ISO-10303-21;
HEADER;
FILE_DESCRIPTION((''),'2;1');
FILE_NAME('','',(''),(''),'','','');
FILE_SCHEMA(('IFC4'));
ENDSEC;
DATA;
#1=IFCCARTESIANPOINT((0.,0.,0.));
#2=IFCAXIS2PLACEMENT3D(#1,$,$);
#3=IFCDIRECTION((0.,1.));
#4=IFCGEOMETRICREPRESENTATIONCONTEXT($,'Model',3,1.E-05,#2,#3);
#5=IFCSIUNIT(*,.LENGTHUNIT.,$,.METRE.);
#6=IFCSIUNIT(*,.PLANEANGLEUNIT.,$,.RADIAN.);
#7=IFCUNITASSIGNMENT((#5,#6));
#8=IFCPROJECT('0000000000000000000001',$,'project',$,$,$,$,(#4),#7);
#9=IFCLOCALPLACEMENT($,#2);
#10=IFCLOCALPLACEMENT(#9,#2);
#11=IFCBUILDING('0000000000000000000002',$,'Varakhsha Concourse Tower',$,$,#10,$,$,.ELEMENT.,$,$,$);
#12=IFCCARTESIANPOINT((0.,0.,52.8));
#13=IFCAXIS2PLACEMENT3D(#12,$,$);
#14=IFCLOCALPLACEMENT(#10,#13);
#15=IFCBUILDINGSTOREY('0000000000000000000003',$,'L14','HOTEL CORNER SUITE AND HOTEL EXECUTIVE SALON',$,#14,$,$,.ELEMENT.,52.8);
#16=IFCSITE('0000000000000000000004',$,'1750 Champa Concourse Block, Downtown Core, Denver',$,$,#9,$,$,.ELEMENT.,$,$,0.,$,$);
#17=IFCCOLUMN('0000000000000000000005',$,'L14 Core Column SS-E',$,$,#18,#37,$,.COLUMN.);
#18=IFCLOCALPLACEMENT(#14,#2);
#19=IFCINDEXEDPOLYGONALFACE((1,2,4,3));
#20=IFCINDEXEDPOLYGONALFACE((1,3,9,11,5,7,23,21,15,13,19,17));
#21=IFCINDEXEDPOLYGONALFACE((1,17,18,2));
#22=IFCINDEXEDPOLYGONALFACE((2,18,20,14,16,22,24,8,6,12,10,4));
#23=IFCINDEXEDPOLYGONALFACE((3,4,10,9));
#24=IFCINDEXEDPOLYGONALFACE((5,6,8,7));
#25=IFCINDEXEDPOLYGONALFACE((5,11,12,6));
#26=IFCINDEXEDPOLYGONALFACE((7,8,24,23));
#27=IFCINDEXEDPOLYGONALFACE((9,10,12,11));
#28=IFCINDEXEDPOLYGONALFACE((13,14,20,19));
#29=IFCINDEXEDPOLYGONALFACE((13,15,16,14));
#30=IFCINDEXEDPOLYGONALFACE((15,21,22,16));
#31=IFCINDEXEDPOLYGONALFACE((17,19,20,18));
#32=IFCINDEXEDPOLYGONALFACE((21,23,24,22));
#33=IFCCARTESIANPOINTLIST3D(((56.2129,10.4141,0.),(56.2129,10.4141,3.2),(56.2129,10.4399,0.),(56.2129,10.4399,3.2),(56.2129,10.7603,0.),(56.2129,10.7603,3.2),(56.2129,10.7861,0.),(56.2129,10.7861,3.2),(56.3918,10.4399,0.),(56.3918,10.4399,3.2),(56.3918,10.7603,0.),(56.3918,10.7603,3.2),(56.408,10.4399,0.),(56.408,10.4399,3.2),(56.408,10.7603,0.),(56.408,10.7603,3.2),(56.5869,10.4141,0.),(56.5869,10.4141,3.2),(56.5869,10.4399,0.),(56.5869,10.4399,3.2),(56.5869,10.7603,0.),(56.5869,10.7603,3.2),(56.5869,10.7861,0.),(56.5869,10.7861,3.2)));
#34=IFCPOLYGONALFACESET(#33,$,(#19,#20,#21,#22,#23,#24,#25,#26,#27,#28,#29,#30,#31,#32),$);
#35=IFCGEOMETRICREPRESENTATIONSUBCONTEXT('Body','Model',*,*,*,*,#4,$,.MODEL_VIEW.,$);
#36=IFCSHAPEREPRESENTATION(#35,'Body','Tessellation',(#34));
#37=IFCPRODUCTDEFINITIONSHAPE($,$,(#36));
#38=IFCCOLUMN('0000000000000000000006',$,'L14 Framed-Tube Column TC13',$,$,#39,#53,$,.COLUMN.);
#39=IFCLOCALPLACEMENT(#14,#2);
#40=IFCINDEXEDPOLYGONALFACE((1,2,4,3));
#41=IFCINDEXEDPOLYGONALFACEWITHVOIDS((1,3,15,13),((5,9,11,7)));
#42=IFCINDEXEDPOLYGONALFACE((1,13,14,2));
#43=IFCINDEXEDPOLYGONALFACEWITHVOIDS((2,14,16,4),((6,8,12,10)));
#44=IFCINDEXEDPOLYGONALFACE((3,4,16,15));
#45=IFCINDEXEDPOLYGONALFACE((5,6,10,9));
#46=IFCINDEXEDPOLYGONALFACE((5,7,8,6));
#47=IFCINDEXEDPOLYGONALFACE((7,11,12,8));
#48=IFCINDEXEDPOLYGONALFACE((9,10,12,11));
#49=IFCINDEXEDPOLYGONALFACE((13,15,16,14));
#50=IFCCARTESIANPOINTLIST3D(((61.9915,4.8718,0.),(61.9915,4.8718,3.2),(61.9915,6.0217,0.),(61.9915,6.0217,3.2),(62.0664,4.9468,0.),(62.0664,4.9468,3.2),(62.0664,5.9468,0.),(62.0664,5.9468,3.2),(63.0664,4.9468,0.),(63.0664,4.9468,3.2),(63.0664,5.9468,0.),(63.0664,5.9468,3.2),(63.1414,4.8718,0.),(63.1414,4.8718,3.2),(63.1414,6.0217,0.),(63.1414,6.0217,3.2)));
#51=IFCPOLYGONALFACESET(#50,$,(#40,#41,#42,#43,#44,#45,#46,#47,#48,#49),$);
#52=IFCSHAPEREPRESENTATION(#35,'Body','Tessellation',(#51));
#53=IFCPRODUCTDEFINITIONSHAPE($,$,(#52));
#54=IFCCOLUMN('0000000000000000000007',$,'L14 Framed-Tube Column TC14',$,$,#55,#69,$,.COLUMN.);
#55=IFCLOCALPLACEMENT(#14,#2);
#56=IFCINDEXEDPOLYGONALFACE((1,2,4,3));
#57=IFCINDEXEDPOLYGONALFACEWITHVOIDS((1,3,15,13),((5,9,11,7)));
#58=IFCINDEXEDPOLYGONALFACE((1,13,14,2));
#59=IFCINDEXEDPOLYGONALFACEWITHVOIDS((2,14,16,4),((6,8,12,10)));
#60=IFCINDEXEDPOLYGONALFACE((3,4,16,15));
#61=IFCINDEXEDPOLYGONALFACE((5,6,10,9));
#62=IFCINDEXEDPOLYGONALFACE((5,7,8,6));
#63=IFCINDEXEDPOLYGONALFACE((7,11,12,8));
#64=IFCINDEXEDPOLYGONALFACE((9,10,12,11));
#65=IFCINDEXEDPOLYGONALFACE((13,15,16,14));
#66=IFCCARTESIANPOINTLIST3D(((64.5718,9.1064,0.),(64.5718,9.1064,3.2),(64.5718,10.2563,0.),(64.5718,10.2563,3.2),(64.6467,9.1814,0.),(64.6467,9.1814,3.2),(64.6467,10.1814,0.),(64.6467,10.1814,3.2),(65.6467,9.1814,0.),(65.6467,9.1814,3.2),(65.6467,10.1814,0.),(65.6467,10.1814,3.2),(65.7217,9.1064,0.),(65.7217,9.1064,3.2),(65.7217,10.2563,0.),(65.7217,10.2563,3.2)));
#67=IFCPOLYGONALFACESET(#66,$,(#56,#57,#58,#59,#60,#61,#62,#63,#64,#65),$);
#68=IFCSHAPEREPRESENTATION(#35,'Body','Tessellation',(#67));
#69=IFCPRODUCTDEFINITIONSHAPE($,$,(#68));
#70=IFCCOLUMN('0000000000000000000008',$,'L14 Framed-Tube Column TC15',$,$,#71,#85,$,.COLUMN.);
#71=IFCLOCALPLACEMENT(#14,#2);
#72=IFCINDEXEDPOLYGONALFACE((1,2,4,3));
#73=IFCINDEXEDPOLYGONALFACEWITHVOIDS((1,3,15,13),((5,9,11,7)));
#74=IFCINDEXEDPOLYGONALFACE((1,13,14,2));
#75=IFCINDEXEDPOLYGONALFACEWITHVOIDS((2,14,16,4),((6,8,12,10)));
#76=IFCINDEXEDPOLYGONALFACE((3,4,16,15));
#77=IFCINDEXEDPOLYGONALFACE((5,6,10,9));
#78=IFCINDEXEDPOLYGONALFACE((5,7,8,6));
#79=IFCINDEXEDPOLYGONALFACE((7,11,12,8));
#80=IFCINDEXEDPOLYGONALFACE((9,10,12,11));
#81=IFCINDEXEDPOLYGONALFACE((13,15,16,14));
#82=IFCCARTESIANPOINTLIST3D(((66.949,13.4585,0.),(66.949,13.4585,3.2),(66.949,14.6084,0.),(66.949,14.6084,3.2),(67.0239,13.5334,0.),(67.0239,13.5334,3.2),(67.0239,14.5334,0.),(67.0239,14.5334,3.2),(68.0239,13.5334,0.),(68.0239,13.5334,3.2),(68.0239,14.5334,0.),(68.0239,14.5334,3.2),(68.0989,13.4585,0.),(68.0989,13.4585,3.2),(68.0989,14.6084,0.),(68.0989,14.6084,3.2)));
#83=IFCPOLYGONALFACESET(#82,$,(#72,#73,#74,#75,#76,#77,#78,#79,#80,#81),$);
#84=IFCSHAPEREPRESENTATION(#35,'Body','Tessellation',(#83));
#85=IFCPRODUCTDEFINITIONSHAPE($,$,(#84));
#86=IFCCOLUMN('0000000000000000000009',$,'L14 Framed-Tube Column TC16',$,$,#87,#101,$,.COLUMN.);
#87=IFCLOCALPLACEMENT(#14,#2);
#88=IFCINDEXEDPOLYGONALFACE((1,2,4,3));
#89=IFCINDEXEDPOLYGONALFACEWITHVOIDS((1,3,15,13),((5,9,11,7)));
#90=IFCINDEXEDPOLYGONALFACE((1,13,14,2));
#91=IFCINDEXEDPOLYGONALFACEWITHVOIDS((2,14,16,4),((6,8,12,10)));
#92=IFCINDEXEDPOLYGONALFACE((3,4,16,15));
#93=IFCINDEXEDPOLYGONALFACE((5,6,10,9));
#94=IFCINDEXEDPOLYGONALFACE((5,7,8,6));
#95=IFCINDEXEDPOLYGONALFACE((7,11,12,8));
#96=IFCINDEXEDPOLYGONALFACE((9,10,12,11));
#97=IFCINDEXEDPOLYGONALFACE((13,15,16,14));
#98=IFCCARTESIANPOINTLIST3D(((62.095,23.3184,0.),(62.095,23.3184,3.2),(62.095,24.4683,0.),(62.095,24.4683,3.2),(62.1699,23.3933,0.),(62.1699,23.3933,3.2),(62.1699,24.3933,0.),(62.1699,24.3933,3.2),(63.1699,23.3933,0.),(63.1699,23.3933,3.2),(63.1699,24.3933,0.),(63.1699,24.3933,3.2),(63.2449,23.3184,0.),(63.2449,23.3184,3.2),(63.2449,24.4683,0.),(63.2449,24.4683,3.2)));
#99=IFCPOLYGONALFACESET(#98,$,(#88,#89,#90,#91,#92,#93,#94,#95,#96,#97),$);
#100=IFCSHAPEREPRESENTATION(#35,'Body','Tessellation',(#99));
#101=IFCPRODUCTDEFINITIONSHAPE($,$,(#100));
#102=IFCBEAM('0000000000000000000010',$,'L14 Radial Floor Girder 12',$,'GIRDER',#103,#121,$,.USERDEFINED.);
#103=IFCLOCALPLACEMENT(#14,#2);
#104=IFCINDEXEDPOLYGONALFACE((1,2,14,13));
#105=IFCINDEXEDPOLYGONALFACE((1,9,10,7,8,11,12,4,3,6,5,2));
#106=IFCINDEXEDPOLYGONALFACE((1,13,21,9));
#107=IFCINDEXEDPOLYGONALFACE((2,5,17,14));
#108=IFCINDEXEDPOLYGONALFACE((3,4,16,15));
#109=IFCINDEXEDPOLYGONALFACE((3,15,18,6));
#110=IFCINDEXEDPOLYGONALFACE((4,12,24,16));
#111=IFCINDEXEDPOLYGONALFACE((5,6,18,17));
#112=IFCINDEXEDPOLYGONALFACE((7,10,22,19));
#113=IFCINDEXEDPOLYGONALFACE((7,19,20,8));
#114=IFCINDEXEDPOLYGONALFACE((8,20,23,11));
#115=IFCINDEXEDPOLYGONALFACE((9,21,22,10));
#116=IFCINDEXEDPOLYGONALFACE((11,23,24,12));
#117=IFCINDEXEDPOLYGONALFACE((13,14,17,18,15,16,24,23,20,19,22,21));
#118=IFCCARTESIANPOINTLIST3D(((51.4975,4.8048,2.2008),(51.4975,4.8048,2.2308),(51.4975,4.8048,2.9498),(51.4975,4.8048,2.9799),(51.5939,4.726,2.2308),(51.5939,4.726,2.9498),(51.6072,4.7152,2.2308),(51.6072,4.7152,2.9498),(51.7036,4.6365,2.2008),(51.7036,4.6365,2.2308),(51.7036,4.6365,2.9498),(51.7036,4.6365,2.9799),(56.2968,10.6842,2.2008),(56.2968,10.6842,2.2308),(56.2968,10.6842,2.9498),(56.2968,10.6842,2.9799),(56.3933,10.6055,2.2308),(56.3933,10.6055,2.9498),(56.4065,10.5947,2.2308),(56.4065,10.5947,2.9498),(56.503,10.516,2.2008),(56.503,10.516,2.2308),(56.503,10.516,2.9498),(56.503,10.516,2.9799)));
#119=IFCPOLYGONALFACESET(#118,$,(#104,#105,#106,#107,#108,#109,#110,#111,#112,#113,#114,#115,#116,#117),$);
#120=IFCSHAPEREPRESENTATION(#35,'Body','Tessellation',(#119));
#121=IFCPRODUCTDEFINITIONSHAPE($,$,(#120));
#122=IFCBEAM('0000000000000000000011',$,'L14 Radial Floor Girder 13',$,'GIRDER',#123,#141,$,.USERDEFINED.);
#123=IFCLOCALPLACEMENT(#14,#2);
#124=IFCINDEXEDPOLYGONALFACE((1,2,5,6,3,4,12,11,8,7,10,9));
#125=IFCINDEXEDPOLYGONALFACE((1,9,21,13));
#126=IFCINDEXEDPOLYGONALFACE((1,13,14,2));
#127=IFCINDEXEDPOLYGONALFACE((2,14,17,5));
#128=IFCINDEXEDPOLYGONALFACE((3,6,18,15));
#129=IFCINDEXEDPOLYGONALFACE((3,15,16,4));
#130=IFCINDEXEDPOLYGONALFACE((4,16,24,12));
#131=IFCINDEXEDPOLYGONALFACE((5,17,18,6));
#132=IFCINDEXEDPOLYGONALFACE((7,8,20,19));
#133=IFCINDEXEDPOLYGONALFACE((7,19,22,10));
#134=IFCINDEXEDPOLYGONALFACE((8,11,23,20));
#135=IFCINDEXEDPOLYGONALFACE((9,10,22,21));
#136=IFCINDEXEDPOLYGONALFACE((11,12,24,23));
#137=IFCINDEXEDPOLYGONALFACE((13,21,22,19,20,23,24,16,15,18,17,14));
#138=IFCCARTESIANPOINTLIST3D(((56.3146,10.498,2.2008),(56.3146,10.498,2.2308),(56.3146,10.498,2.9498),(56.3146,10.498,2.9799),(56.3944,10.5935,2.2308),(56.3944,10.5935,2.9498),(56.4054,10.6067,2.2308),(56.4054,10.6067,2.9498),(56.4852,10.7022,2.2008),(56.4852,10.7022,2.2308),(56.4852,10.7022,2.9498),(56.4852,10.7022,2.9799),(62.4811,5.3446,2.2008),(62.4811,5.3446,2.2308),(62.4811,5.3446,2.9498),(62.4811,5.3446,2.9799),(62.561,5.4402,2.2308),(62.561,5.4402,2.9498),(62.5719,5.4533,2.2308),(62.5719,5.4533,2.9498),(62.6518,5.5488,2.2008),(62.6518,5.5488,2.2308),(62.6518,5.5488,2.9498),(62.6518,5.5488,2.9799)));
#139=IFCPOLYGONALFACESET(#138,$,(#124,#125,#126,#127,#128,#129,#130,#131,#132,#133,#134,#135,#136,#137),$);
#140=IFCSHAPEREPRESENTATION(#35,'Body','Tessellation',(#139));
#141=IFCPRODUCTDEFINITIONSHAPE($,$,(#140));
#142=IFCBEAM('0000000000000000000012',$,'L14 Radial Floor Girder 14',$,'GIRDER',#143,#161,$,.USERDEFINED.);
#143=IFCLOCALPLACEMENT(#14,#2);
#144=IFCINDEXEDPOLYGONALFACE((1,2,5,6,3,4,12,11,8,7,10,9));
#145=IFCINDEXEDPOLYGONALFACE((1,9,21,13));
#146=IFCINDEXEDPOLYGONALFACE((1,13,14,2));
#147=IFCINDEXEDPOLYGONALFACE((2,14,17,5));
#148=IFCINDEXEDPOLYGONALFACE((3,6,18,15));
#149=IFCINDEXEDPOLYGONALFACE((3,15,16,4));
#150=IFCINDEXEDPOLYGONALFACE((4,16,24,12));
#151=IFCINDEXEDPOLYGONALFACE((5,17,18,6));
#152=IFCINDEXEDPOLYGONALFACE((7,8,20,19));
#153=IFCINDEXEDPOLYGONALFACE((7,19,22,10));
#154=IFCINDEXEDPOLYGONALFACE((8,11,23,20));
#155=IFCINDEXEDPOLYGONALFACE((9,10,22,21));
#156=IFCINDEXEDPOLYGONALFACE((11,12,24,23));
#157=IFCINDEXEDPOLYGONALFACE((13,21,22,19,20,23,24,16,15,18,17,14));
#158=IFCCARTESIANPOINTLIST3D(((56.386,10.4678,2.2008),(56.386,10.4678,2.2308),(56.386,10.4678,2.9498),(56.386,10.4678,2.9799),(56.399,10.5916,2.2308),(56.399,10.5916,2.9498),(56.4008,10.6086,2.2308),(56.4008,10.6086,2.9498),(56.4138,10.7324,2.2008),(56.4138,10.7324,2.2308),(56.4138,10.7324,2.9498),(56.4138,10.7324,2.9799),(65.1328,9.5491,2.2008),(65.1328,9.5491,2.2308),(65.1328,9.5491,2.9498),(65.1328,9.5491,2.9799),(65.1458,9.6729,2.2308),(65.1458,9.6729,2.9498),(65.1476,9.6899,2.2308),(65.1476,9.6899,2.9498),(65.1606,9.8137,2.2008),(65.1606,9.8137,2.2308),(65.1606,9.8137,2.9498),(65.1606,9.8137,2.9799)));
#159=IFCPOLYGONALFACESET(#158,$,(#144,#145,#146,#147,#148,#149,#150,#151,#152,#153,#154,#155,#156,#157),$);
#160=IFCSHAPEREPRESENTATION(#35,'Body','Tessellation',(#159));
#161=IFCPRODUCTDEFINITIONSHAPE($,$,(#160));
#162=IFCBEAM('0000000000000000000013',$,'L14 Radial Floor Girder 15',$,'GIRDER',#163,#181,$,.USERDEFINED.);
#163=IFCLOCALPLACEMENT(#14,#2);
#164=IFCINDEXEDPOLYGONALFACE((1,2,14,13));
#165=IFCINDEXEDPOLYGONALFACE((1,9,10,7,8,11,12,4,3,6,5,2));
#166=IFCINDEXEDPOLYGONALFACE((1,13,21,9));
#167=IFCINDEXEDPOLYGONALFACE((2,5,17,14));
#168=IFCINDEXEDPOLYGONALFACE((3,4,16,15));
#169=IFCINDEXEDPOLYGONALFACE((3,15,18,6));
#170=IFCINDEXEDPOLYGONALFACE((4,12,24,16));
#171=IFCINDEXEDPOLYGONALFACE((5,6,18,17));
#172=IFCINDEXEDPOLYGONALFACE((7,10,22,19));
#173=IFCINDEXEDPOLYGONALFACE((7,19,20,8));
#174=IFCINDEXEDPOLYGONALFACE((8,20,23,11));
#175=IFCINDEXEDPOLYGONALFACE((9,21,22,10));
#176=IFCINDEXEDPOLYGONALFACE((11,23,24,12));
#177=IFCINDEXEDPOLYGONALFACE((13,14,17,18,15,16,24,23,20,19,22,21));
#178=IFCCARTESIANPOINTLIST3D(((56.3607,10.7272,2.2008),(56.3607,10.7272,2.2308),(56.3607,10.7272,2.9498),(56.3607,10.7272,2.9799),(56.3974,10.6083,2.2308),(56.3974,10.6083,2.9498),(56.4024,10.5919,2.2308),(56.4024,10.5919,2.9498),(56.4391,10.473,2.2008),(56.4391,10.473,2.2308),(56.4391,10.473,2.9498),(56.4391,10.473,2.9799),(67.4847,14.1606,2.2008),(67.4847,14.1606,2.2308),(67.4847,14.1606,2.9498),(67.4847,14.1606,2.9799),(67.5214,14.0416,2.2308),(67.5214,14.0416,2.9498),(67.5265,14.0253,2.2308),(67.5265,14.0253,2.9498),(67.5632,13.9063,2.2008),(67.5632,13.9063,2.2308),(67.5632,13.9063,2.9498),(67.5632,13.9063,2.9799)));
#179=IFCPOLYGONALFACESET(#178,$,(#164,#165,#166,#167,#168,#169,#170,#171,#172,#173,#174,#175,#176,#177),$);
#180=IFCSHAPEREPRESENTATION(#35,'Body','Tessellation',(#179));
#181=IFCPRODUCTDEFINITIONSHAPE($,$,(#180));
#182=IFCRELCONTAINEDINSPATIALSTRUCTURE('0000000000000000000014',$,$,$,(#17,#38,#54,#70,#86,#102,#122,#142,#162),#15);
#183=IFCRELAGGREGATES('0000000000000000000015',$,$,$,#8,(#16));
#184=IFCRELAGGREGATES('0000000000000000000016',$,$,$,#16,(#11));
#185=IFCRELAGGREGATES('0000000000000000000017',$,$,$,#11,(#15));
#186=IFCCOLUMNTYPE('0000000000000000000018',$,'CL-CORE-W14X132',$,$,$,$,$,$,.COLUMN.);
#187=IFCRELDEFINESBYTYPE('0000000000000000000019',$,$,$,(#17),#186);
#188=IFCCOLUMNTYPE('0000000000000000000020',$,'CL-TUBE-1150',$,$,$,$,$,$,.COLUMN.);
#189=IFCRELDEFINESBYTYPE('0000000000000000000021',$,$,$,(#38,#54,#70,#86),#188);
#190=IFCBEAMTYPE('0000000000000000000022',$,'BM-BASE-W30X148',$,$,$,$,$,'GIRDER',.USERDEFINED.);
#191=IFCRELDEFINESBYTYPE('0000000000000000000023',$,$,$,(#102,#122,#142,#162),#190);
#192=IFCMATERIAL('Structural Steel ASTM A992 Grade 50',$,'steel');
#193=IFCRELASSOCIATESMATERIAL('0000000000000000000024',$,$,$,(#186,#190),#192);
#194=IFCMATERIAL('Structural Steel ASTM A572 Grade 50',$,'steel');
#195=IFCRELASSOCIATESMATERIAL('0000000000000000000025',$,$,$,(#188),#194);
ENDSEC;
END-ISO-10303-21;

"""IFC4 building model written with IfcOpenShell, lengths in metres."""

from ifc_helpers import new_model, si_unit, direction, frame, origin, origin_2d, place, context, subcontext, project, spatial, hollow_rectangle, i_section, extrude, material, material_profile, profile_set, type_object, element, save


model = new_model("IFC4")

# Units and contexts
model_context = context("Model", 3, precision=1e-05, world=origin(), true_north=direction((0.0, 1.0)))
body_context = subcontext(model_context, "Body", "Model", "MODEL_VIEW")
ifc_project = project(units=[si_unit("LENGTHUNIT", "METRE"), si_unit("PLANEANGLEUNIT", "RADIAN")], contexts=[model_context])

# Site, building, storey
site_placement = place(None, origin())
site = spatial("IfcSite", under=ifc_project, at=site_placement, Name="1750 Champa Concourse Block, Downtown Core, Denver", CompositionType="ELEMENT", RefElevation=0.0)
building_placement = place(site_placement, origin())
building = spatial("IfcBuilding", under=site, at=building_placement, Name="Varakhsha Concourse Tower", CompositionType="ELEMENT")
storey_placement = place(building_placement, frame((0.0, 0.0, 52.8)))
storey = spatial("IfcBuildingStorey", under=building, at=storey_placement, Name="L14", Description="HOTEL CORNER SUITE AND HOTEL EXECUTIVE SALON", CompositionType="ELEMENT", Elevation=52.8)

# Columns
ifc_material_1 = material(Name="Structural Steel ASTM A992 Grade 50", Category="steel")
ifc_material_profile_1 = material_profile(ifc_material_1, i_section(OverallWidth=0.374, OverallDepth=0.3721, WebThickness=0.0161, FlangeThickness=0.0259, at=origin_2d()), Name="W14X132")
ifc_profile_set_1 = profile_set([ifc_material_profile_1], Name="Structural Steel ASTM A992 Grade 50")
column_type_1 = type_object("IfcColumnType", Name="CL-CORE-W14X132", PredefinedType="COLUMN", material=ifc_profile_set_1)
column_placement = place(storey_placement, frame((56.3999, 10.6001, 0.0), z_axis=(0.0, 0.0, 1.0), x_axis=(1.0, 0.0, 0.0)))
element("IfcColumn", 1, at=column_placement, inside=storey, type_object=column_type_1, Name="L14 Core Column SS-E", PredefinedType="COLUMN", context=body_context, shape_type="SweptSolid", body=[
    extrude(i_section(OverallWidth=0.374, OverallDepth=0.3721, WebThickness=0.0161, FlangeThickness=0.0259, at=origin_2d()), origin(), (0.0, 0.0, 1.0), 3.2),
])
ifc_material_2 = material(Name="Structural Steel ASTM A572 Grade 50", Category="steel")
ifc_material_profile_2 = material_profile(ifc_material_2, hollow_rectangle(XDim=1.1499, YDim=1.1499, WallThickness=0.075, at=origin_2d()), Name="BOX 1150x1150x75")
ifc_profile_set_2 = profile_set([ifc_material_profile_2], Name="Structural Steel ASTM A572 Grade 50")
column_type_2 = type_object("IfcColumnType", Name="CL-TUBE-1150", PredefinedType="COLUMN", material=ifc_profile_set_2)
for number, where, z_axis, x_axis, name in (
    (2, (62.5664, 5.4468, 0.0), (0.0, 0.0, 1.0), (1.0, 0.0, 0.0), "L14 Framed-Tube Column TC13"),
    (3, (65.1467, 9.6814, 0.0), (0.0, 0.0, 1.0), (1.0, 0.0, 0.0), "L14 Framed-Tube Column TC14"),
    (4, (67.5239, 14.0334, 0.0), (0.0, 0.0, 1.0), (1.0, 0.0, 0.0), "L14 Framed-Tube Column TC15"),
    (5, (62.6699, 23.8933, 0.0), (0.0, 0.0, 1.0), (1.0, 0.0, 0.0), "L14 Framed-Tube Column TC16"),
):
    element("IfcColumn", number, at=place(storey_placement, frame(where, z_axis=z_axis, x_axis=x_axis)), inside=storey, type_object=column_type_2, Name=name, PredefinedType="COLUMN", context=body_context, shape_type="SweptSolid", body=[
        extrude(hollow_rectangle(XDim=1.1499, YDim=1.1499, WallThickness=0.075, at=origin_2d()), origin(), (0.0, 0.0, 1.0), 3.2),
    ])

# Beams
ifc_material_profile_3 = material_profile(ifc_material_1, i_section(OverallWidth=0.2661, OverallDepth=0.7791, WebThickness=0.0171, FlangeThickness=0.03, at=origin_2d()), Name="W30X148")
ifc_profile_set_3 = profile_set([ifc_material_profile_3], Name="Structural Steel ASTM A992 Grade 50")
beam_type_1 = type_object("IfcBeamType", Name="BM-BASE-W30X148", ElementType="GIRDER", PredefinedType="USERDEFINED", material=ifc_profile_set_3)
beam_1_placement = place(storey_placement, frame((56.3999, 10.6001, 2.5903), z_axis=(-0.632362, -0.774673, 0.0), x_axis=(0.774673, -0.632362, 0.0)))
element("IfcBeam", 6, at=beam_1_placement, inside=storey, type_object=beam_type_1, Name="L14 Radial Floor Girder 12", ObjectType="GIRDER", PredefinedType="USERDEFINED", context=body_context, shape_type="SweptSolid", body=[
    extrude(i_section(OverallWidth=0.2661, OverallDepth=0.7791, WebThickness=0.0171, FlangeThickness=0.03, at=origin_2d()), origin(), (0.0, 0.0, 1.0), 7.5896),
])
beam_2_placement = place(storey_placement, frame((56.3999, 10.6001, 2.5903), z_axis=(0.767329, -0.641254, 0.0), x_axis=(0.641254, 0.767329, 0.0)))
element("IfcBeam", 7, at=beam_2_placement, inside=storey, type_object=beam_type_1, Name="L14 Radial Floor Girder 13", ObjectType="GIRDER", PredefinedType="USERDEFINED", context=body_context, shape_type="SweptSolid", body=[
    extrude(i_section(OverallWidth=0.2661, OverallDepth=0.7791, WebThickness=0.0171, FlangeThickness=0.03, at=origin_2d()), origin(), (0.0, 0.0, 1.0), 8.0364),
])
beam_3_placement = place(storey_placement, frame((56.3999, 10.6001, 2.5903), z_axis=(0.994529, -0.104458, 0.0), x_axis=(0.104458, 0.994529, 0.0)))
element("IfcBeam", 8, at=beam_3_placement, inside=storey, type_object=beam_type_1, Name="L14 Radial Floor Girder 14", ObjectType="GIRDER", PredefinedType="USERDEFINED", context=body_context, shape_type="SweptSolid", body=[
    extrude(i_section(OverallWidth=0.2661, OverallDepth=0.7791, WebThickness=0.0171, FlangeThickness=0.03, at=origin_2d()), origin(), (0.0, 0.0, 1.0), 8.7949),
])
beam_4_placement = place(storey_placement, frame((56.3999, 10.6001, 2.5903), z_axis=(0.955523, 0.294915, 0.0), x_axis=(-0.294915, 0.955523, 0.0)))
element("IfcBeam", 9, at=beam_4_placement, inside=storey, type_object=beam_type_1, Name="L14 Radial Floor Girder 15", ObjectType="GIRDER", PredefinedType="USERDEFINED", context=body_context, shape_type="SweptSolid", body=[
    extrude(i_section(OverallWidth=0.2661, OverallDepth=0.7791, WebThickness=0.0171, FlangeThickness=0.03, at=origin_2d()), origin(), (0.0, 0.0, 1.0), 11.6418),
])

save(model, "model.ifc")
